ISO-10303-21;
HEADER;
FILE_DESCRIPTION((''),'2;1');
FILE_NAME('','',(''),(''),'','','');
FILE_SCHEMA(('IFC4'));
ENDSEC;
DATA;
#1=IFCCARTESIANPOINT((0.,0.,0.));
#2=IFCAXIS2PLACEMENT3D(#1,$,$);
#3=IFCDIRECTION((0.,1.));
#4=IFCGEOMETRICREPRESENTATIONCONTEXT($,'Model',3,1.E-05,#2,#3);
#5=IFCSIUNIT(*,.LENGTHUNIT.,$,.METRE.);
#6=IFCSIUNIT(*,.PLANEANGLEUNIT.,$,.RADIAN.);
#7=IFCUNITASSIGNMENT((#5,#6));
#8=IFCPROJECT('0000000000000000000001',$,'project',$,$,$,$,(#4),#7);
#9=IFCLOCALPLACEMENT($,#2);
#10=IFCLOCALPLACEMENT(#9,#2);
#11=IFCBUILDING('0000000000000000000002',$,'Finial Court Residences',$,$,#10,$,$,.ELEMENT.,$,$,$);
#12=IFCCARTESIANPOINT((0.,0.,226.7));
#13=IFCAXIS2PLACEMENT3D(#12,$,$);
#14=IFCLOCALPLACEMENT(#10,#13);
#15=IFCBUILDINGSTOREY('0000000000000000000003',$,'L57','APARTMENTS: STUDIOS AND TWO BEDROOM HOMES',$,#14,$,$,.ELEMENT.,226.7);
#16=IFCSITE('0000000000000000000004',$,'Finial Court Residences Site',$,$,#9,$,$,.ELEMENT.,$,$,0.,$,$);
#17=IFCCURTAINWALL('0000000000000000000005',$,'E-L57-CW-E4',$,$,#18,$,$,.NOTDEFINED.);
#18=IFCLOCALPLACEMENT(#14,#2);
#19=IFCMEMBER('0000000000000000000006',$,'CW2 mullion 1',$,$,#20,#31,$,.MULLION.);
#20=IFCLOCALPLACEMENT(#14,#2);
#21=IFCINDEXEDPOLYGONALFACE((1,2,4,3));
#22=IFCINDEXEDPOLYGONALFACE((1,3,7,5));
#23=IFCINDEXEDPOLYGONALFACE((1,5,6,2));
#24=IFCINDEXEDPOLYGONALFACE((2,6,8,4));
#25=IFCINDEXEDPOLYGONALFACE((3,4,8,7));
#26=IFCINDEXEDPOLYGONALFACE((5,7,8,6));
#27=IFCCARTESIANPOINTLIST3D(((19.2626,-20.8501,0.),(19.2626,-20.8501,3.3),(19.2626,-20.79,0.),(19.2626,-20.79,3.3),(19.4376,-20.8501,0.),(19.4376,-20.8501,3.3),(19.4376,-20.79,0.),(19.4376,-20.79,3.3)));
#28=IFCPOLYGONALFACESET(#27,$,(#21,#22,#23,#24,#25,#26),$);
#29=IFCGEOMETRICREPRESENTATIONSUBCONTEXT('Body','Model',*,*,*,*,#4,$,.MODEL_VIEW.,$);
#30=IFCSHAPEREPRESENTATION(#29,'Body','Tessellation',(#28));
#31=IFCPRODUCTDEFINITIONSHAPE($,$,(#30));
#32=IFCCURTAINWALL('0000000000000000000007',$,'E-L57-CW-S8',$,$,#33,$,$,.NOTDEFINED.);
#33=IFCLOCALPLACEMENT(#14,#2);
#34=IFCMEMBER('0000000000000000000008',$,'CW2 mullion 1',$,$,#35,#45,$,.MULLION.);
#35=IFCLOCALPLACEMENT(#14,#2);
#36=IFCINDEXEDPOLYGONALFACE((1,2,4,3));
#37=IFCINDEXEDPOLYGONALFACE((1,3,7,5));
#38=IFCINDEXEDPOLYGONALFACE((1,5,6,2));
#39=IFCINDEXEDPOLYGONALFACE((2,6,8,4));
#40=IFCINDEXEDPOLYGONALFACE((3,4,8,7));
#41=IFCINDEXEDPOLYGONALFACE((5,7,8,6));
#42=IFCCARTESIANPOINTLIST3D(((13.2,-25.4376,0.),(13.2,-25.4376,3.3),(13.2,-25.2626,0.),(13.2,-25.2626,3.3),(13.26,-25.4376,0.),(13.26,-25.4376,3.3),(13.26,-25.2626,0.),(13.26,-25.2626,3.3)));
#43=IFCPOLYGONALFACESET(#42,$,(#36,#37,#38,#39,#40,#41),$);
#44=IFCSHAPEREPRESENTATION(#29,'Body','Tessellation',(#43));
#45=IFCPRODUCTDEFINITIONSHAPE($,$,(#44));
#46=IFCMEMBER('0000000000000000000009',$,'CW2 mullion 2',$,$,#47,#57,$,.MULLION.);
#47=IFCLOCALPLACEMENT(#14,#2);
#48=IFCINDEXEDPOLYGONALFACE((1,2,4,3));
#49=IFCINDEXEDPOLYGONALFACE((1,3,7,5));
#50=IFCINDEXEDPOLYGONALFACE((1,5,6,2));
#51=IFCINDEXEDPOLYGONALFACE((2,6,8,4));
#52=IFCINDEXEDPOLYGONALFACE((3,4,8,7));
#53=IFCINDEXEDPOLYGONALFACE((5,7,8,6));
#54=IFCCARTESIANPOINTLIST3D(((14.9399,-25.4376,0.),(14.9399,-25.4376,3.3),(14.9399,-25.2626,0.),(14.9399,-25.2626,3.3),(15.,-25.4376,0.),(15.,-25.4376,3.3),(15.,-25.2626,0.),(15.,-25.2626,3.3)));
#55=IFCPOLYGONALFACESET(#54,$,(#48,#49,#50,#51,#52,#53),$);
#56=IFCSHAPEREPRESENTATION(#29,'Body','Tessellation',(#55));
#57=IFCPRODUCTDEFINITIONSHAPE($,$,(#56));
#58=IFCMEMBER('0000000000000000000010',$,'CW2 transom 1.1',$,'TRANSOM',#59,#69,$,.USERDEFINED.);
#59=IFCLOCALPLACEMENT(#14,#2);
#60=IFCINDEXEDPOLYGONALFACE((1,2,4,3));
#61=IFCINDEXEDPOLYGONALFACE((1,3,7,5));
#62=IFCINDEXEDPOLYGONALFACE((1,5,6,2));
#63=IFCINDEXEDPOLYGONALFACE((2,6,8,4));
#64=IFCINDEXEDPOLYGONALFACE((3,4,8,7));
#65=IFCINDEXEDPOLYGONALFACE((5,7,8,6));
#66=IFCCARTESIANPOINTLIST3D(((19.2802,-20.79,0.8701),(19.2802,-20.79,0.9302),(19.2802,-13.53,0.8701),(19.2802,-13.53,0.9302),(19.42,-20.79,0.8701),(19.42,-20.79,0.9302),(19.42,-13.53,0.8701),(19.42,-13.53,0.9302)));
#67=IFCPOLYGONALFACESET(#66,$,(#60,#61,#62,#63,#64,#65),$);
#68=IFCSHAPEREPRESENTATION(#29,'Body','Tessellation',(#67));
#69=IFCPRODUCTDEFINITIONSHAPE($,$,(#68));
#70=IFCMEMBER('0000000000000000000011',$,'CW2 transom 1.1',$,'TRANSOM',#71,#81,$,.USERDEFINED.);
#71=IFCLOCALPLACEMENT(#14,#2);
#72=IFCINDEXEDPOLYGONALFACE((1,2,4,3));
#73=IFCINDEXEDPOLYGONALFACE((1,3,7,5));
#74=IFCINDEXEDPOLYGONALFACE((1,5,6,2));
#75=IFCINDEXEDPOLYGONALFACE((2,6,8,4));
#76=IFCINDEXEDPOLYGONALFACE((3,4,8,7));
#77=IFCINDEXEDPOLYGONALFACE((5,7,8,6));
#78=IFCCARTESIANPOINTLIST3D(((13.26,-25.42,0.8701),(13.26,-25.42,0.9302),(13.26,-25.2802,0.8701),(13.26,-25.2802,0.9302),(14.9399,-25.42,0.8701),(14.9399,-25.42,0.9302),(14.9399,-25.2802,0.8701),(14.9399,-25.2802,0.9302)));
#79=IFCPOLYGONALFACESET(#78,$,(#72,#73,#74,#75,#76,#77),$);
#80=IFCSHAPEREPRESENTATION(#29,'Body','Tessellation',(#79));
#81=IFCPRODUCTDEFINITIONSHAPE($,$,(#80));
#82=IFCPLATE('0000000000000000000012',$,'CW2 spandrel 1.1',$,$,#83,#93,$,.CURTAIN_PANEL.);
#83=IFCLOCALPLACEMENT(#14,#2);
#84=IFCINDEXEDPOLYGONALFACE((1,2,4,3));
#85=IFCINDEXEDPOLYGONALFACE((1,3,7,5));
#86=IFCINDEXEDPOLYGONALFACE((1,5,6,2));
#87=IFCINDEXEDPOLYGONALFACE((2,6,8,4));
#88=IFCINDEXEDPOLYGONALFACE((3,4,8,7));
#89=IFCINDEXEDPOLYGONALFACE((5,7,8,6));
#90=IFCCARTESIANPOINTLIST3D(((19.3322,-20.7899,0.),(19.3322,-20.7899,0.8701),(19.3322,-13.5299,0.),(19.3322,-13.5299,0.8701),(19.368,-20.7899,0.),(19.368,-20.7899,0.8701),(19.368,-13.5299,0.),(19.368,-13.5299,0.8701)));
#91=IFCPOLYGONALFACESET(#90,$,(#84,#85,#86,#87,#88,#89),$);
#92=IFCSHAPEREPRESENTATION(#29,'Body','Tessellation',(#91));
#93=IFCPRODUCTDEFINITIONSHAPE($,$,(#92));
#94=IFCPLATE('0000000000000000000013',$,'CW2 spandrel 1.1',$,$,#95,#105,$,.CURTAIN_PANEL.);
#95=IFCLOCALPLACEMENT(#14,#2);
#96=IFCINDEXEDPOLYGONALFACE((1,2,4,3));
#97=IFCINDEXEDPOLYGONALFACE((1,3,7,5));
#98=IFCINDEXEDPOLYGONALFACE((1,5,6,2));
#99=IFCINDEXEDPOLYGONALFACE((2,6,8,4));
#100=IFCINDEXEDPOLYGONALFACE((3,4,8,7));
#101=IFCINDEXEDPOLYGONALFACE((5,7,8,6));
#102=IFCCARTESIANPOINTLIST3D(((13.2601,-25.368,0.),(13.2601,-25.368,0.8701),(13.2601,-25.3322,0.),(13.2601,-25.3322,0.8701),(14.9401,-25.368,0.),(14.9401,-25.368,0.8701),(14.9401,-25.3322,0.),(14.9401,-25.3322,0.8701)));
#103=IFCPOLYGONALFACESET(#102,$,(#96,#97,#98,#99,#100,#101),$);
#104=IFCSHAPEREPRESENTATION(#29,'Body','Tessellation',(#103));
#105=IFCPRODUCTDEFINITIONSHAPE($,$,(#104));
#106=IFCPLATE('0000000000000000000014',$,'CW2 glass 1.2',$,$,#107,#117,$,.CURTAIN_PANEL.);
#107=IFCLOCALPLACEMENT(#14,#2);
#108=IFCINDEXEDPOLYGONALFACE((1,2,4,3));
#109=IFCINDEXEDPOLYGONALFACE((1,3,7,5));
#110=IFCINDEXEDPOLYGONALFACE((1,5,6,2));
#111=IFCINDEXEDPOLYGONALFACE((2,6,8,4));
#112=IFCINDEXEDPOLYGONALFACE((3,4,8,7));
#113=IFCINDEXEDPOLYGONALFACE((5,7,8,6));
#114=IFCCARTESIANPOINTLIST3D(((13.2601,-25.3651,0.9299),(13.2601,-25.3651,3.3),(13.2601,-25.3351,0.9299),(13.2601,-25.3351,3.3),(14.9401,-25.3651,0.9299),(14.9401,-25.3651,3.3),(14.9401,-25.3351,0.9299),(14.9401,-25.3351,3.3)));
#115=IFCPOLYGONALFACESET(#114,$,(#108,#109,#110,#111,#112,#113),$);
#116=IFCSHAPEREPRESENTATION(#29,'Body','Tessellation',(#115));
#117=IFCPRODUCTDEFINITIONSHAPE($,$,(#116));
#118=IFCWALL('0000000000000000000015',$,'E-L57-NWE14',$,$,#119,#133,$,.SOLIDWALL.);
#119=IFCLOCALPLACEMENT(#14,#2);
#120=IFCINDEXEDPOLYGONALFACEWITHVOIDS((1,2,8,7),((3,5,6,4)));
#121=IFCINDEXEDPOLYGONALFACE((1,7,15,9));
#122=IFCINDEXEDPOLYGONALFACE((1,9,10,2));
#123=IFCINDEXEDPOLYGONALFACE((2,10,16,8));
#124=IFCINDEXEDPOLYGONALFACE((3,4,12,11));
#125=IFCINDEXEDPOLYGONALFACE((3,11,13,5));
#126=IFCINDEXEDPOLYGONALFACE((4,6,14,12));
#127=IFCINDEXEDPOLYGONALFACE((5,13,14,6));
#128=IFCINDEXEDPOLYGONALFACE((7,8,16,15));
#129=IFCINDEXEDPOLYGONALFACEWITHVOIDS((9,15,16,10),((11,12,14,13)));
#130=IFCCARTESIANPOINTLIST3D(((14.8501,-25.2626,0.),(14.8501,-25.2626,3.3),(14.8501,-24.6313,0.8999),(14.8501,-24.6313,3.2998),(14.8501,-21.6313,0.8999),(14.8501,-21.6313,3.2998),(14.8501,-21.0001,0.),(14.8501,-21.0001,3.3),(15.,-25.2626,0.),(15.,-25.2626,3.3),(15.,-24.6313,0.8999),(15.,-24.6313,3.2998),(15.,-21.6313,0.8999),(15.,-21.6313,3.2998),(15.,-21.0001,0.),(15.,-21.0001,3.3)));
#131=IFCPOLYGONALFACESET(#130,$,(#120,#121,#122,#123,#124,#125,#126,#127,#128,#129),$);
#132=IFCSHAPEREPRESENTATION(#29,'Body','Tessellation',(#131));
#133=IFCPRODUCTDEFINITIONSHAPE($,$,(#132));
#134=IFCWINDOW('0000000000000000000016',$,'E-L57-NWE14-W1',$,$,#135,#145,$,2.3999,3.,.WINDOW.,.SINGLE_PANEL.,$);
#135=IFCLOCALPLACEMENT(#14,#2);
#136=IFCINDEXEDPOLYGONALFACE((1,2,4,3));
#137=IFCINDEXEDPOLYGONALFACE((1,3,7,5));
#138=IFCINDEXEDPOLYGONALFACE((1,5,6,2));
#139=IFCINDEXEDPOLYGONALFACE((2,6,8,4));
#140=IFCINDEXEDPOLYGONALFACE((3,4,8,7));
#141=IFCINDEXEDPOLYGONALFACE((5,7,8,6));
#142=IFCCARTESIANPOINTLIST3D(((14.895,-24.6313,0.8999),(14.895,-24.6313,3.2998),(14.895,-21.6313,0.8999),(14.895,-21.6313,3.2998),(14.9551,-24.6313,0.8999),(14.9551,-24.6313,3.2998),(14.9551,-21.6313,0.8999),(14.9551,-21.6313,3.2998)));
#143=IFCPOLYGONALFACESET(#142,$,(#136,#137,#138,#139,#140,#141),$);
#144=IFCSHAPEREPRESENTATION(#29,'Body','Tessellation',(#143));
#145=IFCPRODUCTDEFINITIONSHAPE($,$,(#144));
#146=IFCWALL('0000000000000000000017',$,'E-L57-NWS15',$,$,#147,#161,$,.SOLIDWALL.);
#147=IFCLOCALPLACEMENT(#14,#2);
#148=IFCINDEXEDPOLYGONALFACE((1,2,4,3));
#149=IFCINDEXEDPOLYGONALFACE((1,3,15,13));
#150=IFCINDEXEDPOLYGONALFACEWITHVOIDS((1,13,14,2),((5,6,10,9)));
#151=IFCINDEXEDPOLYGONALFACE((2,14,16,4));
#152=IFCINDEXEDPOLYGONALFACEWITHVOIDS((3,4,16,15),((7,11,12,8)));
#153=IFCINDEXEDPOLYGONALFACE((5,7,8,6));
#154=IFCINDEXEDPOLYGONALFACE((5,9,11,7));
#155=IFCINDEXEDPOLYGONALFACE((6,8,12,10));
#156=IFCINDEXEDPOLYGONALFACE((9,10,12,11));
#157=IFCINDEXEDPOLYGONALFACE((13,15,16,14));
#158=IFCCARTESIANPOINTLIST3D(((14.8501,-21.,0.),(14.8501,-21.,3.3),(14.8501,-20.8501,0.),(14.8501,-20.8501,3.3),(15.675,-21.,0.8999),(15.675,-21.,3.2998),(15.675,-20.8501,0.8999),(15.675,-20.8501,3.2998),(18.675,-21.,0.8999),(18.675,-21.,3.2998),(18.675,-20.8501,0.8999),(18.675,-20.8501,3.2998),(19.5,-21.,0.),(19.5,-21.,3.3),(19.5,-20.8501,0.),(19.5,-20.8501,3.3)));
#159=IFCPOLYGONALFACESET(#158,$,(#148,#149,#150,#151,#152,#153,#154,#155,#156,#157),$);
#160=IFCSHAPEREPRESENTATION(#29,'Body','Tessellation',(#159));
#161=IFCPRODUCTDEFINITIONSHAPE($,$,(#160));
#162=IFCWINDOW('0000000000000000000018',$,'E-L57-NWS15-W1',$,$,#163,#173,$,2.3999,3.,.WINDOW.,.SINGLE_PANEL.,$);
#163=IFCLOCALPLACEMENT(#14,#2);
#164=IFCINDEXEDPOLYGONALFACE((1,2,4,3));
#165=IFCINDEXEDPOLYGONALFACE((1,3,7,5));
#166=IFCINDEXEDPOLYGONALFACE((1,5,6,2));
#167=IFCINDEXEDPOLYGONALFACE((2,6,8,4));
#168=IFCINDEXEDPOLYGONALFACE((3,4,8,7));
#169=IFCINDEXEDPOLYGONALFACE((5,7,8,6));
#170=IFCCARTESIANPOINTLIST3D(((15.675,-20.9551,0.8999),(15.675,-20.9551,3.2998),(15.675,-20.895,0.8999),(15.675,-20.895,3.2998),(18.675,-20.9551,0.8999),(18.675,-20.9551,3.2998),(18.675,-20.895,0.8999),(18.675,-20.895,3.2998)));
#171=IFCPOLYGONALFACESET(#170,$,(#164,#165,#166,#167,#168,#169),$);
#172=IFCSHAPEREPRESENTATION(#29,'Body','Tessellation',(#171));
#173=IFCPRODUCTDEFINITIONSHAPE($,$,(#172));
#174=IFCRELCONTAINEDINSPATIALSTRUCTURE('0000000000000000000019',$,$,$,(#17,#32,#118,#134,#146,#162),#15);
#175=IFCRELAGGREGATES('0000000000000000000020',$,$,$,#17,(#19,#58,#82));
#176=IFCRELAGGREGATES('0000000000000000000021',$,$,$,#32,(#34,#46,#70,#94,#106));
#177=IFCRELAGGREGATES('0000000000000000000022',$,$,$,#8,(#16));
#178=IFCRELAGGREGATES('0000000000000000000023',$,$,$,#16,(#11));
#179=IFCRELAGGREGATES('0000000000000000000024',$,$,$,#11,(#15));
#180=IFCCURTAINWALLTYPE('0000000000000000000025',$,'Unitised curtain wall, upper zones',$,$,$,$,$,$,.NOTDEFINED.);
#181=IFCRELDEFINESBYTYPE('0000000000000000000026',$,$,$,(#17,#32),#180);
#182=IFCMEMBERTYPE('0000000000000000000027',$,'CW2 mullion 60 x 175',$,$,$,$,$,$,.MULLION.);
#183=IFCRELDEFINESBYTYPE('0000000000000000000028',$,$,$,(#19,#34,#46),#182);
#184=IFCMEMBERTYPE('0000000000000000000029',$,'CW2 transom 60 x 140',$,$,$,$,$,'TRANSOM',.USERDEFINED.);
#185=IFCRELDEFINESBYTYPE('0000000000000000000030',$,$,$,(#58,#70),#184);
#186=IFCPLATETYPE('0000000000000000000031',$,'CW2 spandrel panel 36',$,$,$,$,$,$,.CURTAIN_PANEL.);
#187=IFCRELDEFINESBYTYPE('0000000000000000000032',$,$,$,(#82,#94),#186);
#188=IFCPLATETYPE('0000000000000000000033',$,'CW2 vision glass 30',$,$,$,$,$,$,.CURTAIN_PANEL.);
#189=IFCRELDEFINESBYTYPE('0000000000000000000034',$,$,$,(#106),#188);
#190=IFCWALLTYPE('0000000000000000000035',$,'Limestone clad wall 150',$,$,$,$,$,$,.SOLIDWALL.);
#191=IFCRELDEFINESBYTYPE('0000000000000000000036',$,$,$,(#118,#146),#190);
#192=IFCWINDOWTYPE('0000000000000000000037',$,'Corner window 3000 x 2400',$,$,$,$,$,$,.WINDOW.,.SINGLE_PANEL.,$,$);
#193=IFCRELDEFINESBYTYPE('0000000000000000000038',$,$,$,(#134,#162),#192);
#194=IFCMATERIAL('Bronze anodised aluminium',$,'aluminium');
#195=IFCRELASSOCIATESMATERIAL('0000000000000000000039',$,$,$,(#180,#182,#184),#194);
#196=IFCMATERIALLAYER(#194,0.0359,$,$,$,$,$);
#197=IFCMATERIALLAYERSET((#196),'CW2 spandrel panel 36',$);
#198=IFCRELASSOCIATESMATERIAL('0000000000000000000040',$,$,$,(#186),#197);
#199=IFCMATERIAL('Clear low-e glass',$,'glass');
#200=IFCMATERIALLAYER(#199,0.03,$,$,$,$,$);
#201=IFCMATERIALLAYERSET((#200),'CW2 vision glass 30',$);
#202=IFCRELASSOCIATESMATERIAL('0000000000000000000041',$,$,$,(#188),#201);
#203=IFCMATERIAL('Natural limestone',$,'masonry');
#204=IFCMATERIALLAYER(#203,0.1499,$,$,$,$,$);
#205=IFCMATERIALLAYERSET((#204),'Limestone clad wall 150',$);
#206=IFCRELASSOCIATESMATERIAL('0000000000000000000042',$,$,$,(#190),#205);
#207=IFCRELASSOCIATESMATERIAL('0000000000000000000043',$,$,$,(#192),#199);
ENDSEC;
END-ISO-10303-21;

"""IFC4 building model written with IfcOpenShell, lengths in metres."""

from ifc_helpers import new_model, si_unit, direction, frame, frame_2d, origin, origin_2d, place, context, subcontext, project, spatial, rectangle, extrude, material, layer, layer_set, material_profile, profile_set, type_object, element, fill, aggregate, save


model = new_model("IFC4")

# Units and contexts
model_context = context("Model", 3, precision=1e-05, world=origin(), true_north=direction((0.0, 1.0)))
body_context = subcontext(model_context, "Body", "Model", "MODEL_VIEW")
ifc_project = project(units=[si_unit("LENGTHUNIT", "METRE"), si_unit("PLANEANGLEUNIT", "RADIAN")], contexts=[model_context])

# Site, building, storey
site_placement = place(None, origin())
site = spatial("IfcSite", under=ifc_project, at=site_placement, Name="Finial Court Residences Site", CompositionType="ELEMENT", RefElevation=0.0)
building_placement = place(site_placement, origin())
building = spatial("IfcBuilding", under=site, at=building_placement, Name="Finial Court Residences", CompositionType="ELEMENT")
storey_placement = place(building_placement, frame((0.0, 0.0, 226.7)))
storey = spatial("IfcBuildingStorey", under=building, at=storey_placement, Name="L57", Description="APARTMENTS: STUDIOS AND TWO BEDROOM HOMES", CompositionType="ELEMENT", Elevation=226.7)

# Curtain wall, member
ifc_material_1 = material(Name="Bronze anodised aluminium", Category="aluminium")
curtain_wall_type = type_object("IfcCurtainWallType", Name="Unitised curtain wall, upper zones", PredefinedType="NOTDEFINED", material=ifc_material_1)
curtain_wall_1_placement = place(storey_placement, origin())
curtain_wall_1 = element("IfcCurtainWall", 1, at=curtain_wall_1_placement, inside=storey, type_object=curtain_wall_type, Name="E-L57-CW-E4", PredefinedType="NOTDEFINED")
ifc_material_profile_1 = material_profile(ifc_material_1, rectangle(XDim=0.175, YDim=0.0601, at=origin_2d()), Name="CW2 mullion 60 x 175")
ifc_profile_set_1 = profile_set([ifc_material_profile_1], Name="Bronze anodised aluminium")
member_type_1 = type_object("IfcMemberType", Name="CW2 mullion 60 x 175", PredefinedType="MULLION", material=ifc_profile_set_1)
member_1_placement = place(storey_placement, frame((19.3501, -20.8201, 0.0), z_axis=(0.0, 0.0, 1.0), x_axis=(-1.0, 0.0, 0.0)))
member_1 = element("IfcMember", 2, at=member_1_placement, type_object=member_type_1, Name="CW2 mullion 1", PredefinedType="MULLION", context=body_context, shape_type="SweptSolid", body=[
    extrude(rectangle(XDim=0.175, YDim=0.0601, at=origin_2d()), origin(), (0.0, 0.0, 1.0), 3.3),
])

# Curtain wall, members
curtain_wall_2_placement = place(storey_placement, origin())
curtain_wall_2 = element("IfcCurtainWall", 3, at=curtain_wall_2_placement, inside=storey, type_object=curtain_wall_type, Name="E-L57-CW-S8", PredefinedType="NOTDEFINED")
member_2_placement = place(storey_placement, frame((13.23, -25.3501, 0.0), z_axis=(0.0, 0.0, 1.0), x_axis=(0.0, 1.0, 0.0)))
member_2 = element("IfcMember", 4, at=member_2_placement, type_object=member_type_1, Name="CW2 mullion 1", PredefinedType="MULLION", context=body_context, shape_type="SweptSolid", body=[
    extrude(rectangle(XDim=0.175, YDim=0.0601, at=origin_2d()), origin(), (0.0, 0.0, 1.0), 3.3),
])
member_3_placement = place(storey_placement, frame((14.97, -25.3501, 0.0), z_axis=(0.0, 0.0, 1.0), x_axis=(0.0, 1.0, 0.0)))
member_3 = element("IfcMember", 5, at=member_3_placement, type_object=member_type_1, Name="CW2 mullion 2", PredefinedType="MULLION", context=body_context, shape_type="SweptSolid", body=[
    extrude(rectangle(XDim=0.175, YDim=0.0601, at=origin_2d()), origin(), (0.0, 0.0, 1.0), 3.3),
])

# Members
ifc_material_profile_2 = material_profile(ifc_material_1, rectangle(XDim=0.1399, YDim=0.0601, at=origin_2d()), Name="CW2 transom 60 x 140")
ifc_profile_set_2 = profile_set([ifc_material_profile_2], Name="Bronze anodised aluminium")
member_type_2 = type_object("IfcMemberType", Name="CW2 transom 60 x 140", ElementType="TRANSOM", PredefinedType="USERDEFINED", material=ifc_profile_set_2)
member_4_placement = place(storey_placement, frame((19.3501, -20.79, 0.9001), z_axis=(0.0, 1.0, 0.0), x_axis=(-1.0, 0.0, 0.0)))
member_4 = element("IfcMember", 6, at=member_4_placement, type_object=member_type_2, Name="CW2 transom 1.1", ObjectType="TRANSOM", PredefinedType="USERDEFINED", context=body_context, shape_type="SweptSolid", body=[
    extrude(rectangle(XDim=0.1399, YDim=0.0601, at=origin_2d()), origin(), (0.0, 0.0, 1.0), 7.26),
])
member_5_placement = place(storey_placement, frame((13.26, -25.3501, 0.9001), z_axis=(1.0, 0.0, 0.0), x_axis=(0.0, 1.0, 0.0)))
member_5 = element("IfcMember", 7, at=member_5_placement, type_object=member_type_2, Name="CW2 transom 1.1", ObjectType="TRANSOM", PredefinedType="USERDEFINED", context=body_context, shape_type="SweptSolid", body=[
    extrude(rectangle(XDim=0.1399, YDim=0.0601, at=origin_2d()), origin(), (0.0, 0.0, 1.0), 1.6799),
])

# Plates
ifc_layer_1 = layer(ifc_material_1, 0.0359)
ifc_layer_set_1 = layer_set([ifc_layer_1], Name="CW2 spandrel panel 36")
plate_type_1 = type_object("IfcPlateType", Name="CW2 spandrel panel 36", PredefinedType="CURTAIN_PANEL", material=ifc_layer_set_1)
plate_1_placement = place(storey_placement, frame((19.3501, -17.1599, 0.0), z_axis=(0.0, 0.0, 1.0), x_axis=(0.0, 1.0, 0.0)))
plate_1 = element("IfcPlate", 8, at=plate_1_placement, type_object=plate_type_1, Name="CW2 spandrel 1.1", PredefinedType="CURTAIN_PANEL", context=body_context, shape_type="SweptSolid", body=[
    extrude(rectangle(XDim=7.26, YDim=0.0359, at=origin_2d()), origin(), (0.0, 0.0, 1.0), 0.8701),
])
aggregate(curtain_wall_1, [member_1, member_4, plate_1])
plate_2_placement = place(storey_placement, frame((14.1001, -25.3501, 0.0), z_axis=(0.0, 0.0, 1.0), x_axis=(1.0, 0.0, 0.0)))
plate_2 = element("IfcPlate", 9, at=plate_2_placement, type_object=plate_type_1, Name="CW2 spandrel 1.1", PredefinedType="CURTAIN_PANEL", context=body_context, shape_type="SweptSolid", body=[
    extrude(rectangle(XDim=1.6799, YDim=0.0359, at=origin_2d()), origin(), (0.0, 0.0, 1.0), 0.8701),
])
ifc_material_2 = material(Name="Clear low-e glass", Category="glass")
ifc_layer_2 = layer(ifc_material_2, 0.03)
ifc_layer_set_2 = layer_set([ifc_layer_2], Name="CW2 vision glass 30")
plate_type_2 = type_object("IfcPlateType", Name="CW2 vision glass 30", PredefinedType="CURTAIN_PANEL", material=ifc_layer_set_2)
plate_3_placement = place(storey_placement, frame((14.1001, -25.3501, 0.9299), z_axis=(0.0, 0.0, 1.0), x_axis=(1.0, 0.0, 0.0)))
plate_3 = element("IfcPlate", 10, at=plate_3_placement, type_object=plate_type_2, Name="CW2 glass 1.2", PredefinedType="CURTAIN_PANEL", context=body_context, shape_type="SweptSolid", body=[
    extrude(rectangle(XDim=1.6799, YDim=0.03, at=origin_2d()), origin(), (0.0, 0.0, 1.0), 2.3701),
])
aggregate(curtain_wall_2, [member_2, member_3, member_5, plate_2, plate_3])

# Walls, openings, windows
ifc_material_3 = material(Name="Natural limestone", Category="masonry")
ifc_layer_3 = layer(ifc_material_3, 0.1499)
ifc_layer_set_3 = layer_set([ifc_layer_3], Name="Limestone clad wall 150")
wall_type = type_object("IfcWallType", Name="Limestone clad wall 150", PredefinedType="SOLIDWALL", material=ifc_layer_set_3)
wall_1_placement = place(storey_placement, frame((14.925, -21.0, 0.0), z_axis=(0.0, 0.0, 1.0), x_axis=(0.0, -1.0, 0.0)))
wall_1 = element("IfcWall", 11, at=wall_1_placement, inside=storey, type_object=wall_type, Name="E-L57-NWE14", PredefinedType="SOLIDWALL", context=body_context, shape_type="SweptSolid", body=[
    extrude(rectangle(XDim=4.2625, YDim=0.1499, at=frame_2d((2.1313, 0.0))), origin(), (0.0, 0.0, 1.0), 3.3),
])
opening_1_placement = place(wall_1_placement, frame((0.6313, 0.0, 0.8999)))
opening_1 = element("IfcOpeningElement", 12, at=opening_1_placement, cuts=wall_1, PredefinedType="OPENING", context=body_context, shape_type="SweptSolid", body=[
    extrude(rectangle(XDim=3.0, YDim=2.3999, at=frame_2d((1.5, 1.2))), frame((0.0, 0.085, 0.0), z_axis=(0.0, -1.0, 0.0), x_axis=(1.0, 0.0, 0.0)), (0.0, 0.0, 1.0), 0.1699),
])
window_type = type_object("IfcWindowType", Name="Corner window 3000 x 2400", PartitioningType="SINGLE_PANEL", PredefinedType="WINDOW", material=ifc_material_2)
window_1_placement = place(opening_1_placement, origin())
window_1 = element("IfcWindow", 13, at=window_1_placement, inside=storey, type_object=window_type, Name="E-L57-NWE14-W1", OverallHeight=2.3999, OverallWidth=3.0, PartitioningType="SINGLE_PANEL", PredefinedType="WINDOW", context=body_context, shape_type="SweptSolid", body=[
    extrude(rectangle(XDim=3.0, YDim=2.3999, at=frame_2d((1.5, 1.2))), frame((0.0, 0.03, 0.0), z_axis=(0.0, -1.0, 0.0), x_axis=(1.0, 0.0, 0.0)), (0.0, 0.0, 1.0), 0.0601),
])
fill(opening_1, window_1)
wall_2_placement = place(storey_placement, frame((19.5, -20.925, 0.0), z_axis=(0.0, 0.0, 1.0), x_axis=(-1.0, 0.0, 0.0)))
wall_2 = element("IfcWall", 14, at=wall_2_placement, inside=storey, type_object=wall_type, Name="E-L57-NWS15", PredefinedType="SOLIDWALL", context=body_context, shape_type="SweptSolid", body=[
    extrude(rectangle(XDim=4.6499, YDim=0.1499, at=frame_2d((2.325, 0.0))), origin(), (0.0, 0.0, 1.0), 3.3),
])
opening_2_placement = place(wall_2_placement, frame((0.825, 0.0, 0.8999)))
opening_2 = element("IfcOpeningElement", 15, at=opening_2_placement, cuts=wall_2, PredefinedType="OPENING", context=body_context, shape_type="SweptSolid", body=[
    extrude(rectangle(XDim=3.0, YDim=2.3999, at=frame_2d((1.5, 1.2))), frame((0.0, 0.085, 0.0), z_axis=(0.0, -1.0, 0.0), x_axis=(1.0, 0.0, 0.0)), (0.0, 0.0, 1.0), 0.1699),
])
window_2_placement = place(opening_2_placement, origin())
window_2 = element("IfcWindow", 16, at=window_2_placement, inside=storey, type_object=window_type, Name="E-L57-NWS15-W1", OverallHeight=2.3999, OverallWidth=3.0, PartitioningType="SINGLE_PANEL", PredefinedType="WINDOW", context=body_context, shape_type="SweptSolid", body=[
    extrude(rectangle(XDim=3.0, YDim=2.3999, at=frame_2d((1.5, 1.2))), frame((0.0, 0.03, 0.0), z_axis=(0.0, -1.0, 0.0), x_axis=(1.0, 0.0, 0.0)), (0.0, 0.0, 1.0), 0.0601),
])
fill(opening_2, window_2)

save(model, "model.ifc")
